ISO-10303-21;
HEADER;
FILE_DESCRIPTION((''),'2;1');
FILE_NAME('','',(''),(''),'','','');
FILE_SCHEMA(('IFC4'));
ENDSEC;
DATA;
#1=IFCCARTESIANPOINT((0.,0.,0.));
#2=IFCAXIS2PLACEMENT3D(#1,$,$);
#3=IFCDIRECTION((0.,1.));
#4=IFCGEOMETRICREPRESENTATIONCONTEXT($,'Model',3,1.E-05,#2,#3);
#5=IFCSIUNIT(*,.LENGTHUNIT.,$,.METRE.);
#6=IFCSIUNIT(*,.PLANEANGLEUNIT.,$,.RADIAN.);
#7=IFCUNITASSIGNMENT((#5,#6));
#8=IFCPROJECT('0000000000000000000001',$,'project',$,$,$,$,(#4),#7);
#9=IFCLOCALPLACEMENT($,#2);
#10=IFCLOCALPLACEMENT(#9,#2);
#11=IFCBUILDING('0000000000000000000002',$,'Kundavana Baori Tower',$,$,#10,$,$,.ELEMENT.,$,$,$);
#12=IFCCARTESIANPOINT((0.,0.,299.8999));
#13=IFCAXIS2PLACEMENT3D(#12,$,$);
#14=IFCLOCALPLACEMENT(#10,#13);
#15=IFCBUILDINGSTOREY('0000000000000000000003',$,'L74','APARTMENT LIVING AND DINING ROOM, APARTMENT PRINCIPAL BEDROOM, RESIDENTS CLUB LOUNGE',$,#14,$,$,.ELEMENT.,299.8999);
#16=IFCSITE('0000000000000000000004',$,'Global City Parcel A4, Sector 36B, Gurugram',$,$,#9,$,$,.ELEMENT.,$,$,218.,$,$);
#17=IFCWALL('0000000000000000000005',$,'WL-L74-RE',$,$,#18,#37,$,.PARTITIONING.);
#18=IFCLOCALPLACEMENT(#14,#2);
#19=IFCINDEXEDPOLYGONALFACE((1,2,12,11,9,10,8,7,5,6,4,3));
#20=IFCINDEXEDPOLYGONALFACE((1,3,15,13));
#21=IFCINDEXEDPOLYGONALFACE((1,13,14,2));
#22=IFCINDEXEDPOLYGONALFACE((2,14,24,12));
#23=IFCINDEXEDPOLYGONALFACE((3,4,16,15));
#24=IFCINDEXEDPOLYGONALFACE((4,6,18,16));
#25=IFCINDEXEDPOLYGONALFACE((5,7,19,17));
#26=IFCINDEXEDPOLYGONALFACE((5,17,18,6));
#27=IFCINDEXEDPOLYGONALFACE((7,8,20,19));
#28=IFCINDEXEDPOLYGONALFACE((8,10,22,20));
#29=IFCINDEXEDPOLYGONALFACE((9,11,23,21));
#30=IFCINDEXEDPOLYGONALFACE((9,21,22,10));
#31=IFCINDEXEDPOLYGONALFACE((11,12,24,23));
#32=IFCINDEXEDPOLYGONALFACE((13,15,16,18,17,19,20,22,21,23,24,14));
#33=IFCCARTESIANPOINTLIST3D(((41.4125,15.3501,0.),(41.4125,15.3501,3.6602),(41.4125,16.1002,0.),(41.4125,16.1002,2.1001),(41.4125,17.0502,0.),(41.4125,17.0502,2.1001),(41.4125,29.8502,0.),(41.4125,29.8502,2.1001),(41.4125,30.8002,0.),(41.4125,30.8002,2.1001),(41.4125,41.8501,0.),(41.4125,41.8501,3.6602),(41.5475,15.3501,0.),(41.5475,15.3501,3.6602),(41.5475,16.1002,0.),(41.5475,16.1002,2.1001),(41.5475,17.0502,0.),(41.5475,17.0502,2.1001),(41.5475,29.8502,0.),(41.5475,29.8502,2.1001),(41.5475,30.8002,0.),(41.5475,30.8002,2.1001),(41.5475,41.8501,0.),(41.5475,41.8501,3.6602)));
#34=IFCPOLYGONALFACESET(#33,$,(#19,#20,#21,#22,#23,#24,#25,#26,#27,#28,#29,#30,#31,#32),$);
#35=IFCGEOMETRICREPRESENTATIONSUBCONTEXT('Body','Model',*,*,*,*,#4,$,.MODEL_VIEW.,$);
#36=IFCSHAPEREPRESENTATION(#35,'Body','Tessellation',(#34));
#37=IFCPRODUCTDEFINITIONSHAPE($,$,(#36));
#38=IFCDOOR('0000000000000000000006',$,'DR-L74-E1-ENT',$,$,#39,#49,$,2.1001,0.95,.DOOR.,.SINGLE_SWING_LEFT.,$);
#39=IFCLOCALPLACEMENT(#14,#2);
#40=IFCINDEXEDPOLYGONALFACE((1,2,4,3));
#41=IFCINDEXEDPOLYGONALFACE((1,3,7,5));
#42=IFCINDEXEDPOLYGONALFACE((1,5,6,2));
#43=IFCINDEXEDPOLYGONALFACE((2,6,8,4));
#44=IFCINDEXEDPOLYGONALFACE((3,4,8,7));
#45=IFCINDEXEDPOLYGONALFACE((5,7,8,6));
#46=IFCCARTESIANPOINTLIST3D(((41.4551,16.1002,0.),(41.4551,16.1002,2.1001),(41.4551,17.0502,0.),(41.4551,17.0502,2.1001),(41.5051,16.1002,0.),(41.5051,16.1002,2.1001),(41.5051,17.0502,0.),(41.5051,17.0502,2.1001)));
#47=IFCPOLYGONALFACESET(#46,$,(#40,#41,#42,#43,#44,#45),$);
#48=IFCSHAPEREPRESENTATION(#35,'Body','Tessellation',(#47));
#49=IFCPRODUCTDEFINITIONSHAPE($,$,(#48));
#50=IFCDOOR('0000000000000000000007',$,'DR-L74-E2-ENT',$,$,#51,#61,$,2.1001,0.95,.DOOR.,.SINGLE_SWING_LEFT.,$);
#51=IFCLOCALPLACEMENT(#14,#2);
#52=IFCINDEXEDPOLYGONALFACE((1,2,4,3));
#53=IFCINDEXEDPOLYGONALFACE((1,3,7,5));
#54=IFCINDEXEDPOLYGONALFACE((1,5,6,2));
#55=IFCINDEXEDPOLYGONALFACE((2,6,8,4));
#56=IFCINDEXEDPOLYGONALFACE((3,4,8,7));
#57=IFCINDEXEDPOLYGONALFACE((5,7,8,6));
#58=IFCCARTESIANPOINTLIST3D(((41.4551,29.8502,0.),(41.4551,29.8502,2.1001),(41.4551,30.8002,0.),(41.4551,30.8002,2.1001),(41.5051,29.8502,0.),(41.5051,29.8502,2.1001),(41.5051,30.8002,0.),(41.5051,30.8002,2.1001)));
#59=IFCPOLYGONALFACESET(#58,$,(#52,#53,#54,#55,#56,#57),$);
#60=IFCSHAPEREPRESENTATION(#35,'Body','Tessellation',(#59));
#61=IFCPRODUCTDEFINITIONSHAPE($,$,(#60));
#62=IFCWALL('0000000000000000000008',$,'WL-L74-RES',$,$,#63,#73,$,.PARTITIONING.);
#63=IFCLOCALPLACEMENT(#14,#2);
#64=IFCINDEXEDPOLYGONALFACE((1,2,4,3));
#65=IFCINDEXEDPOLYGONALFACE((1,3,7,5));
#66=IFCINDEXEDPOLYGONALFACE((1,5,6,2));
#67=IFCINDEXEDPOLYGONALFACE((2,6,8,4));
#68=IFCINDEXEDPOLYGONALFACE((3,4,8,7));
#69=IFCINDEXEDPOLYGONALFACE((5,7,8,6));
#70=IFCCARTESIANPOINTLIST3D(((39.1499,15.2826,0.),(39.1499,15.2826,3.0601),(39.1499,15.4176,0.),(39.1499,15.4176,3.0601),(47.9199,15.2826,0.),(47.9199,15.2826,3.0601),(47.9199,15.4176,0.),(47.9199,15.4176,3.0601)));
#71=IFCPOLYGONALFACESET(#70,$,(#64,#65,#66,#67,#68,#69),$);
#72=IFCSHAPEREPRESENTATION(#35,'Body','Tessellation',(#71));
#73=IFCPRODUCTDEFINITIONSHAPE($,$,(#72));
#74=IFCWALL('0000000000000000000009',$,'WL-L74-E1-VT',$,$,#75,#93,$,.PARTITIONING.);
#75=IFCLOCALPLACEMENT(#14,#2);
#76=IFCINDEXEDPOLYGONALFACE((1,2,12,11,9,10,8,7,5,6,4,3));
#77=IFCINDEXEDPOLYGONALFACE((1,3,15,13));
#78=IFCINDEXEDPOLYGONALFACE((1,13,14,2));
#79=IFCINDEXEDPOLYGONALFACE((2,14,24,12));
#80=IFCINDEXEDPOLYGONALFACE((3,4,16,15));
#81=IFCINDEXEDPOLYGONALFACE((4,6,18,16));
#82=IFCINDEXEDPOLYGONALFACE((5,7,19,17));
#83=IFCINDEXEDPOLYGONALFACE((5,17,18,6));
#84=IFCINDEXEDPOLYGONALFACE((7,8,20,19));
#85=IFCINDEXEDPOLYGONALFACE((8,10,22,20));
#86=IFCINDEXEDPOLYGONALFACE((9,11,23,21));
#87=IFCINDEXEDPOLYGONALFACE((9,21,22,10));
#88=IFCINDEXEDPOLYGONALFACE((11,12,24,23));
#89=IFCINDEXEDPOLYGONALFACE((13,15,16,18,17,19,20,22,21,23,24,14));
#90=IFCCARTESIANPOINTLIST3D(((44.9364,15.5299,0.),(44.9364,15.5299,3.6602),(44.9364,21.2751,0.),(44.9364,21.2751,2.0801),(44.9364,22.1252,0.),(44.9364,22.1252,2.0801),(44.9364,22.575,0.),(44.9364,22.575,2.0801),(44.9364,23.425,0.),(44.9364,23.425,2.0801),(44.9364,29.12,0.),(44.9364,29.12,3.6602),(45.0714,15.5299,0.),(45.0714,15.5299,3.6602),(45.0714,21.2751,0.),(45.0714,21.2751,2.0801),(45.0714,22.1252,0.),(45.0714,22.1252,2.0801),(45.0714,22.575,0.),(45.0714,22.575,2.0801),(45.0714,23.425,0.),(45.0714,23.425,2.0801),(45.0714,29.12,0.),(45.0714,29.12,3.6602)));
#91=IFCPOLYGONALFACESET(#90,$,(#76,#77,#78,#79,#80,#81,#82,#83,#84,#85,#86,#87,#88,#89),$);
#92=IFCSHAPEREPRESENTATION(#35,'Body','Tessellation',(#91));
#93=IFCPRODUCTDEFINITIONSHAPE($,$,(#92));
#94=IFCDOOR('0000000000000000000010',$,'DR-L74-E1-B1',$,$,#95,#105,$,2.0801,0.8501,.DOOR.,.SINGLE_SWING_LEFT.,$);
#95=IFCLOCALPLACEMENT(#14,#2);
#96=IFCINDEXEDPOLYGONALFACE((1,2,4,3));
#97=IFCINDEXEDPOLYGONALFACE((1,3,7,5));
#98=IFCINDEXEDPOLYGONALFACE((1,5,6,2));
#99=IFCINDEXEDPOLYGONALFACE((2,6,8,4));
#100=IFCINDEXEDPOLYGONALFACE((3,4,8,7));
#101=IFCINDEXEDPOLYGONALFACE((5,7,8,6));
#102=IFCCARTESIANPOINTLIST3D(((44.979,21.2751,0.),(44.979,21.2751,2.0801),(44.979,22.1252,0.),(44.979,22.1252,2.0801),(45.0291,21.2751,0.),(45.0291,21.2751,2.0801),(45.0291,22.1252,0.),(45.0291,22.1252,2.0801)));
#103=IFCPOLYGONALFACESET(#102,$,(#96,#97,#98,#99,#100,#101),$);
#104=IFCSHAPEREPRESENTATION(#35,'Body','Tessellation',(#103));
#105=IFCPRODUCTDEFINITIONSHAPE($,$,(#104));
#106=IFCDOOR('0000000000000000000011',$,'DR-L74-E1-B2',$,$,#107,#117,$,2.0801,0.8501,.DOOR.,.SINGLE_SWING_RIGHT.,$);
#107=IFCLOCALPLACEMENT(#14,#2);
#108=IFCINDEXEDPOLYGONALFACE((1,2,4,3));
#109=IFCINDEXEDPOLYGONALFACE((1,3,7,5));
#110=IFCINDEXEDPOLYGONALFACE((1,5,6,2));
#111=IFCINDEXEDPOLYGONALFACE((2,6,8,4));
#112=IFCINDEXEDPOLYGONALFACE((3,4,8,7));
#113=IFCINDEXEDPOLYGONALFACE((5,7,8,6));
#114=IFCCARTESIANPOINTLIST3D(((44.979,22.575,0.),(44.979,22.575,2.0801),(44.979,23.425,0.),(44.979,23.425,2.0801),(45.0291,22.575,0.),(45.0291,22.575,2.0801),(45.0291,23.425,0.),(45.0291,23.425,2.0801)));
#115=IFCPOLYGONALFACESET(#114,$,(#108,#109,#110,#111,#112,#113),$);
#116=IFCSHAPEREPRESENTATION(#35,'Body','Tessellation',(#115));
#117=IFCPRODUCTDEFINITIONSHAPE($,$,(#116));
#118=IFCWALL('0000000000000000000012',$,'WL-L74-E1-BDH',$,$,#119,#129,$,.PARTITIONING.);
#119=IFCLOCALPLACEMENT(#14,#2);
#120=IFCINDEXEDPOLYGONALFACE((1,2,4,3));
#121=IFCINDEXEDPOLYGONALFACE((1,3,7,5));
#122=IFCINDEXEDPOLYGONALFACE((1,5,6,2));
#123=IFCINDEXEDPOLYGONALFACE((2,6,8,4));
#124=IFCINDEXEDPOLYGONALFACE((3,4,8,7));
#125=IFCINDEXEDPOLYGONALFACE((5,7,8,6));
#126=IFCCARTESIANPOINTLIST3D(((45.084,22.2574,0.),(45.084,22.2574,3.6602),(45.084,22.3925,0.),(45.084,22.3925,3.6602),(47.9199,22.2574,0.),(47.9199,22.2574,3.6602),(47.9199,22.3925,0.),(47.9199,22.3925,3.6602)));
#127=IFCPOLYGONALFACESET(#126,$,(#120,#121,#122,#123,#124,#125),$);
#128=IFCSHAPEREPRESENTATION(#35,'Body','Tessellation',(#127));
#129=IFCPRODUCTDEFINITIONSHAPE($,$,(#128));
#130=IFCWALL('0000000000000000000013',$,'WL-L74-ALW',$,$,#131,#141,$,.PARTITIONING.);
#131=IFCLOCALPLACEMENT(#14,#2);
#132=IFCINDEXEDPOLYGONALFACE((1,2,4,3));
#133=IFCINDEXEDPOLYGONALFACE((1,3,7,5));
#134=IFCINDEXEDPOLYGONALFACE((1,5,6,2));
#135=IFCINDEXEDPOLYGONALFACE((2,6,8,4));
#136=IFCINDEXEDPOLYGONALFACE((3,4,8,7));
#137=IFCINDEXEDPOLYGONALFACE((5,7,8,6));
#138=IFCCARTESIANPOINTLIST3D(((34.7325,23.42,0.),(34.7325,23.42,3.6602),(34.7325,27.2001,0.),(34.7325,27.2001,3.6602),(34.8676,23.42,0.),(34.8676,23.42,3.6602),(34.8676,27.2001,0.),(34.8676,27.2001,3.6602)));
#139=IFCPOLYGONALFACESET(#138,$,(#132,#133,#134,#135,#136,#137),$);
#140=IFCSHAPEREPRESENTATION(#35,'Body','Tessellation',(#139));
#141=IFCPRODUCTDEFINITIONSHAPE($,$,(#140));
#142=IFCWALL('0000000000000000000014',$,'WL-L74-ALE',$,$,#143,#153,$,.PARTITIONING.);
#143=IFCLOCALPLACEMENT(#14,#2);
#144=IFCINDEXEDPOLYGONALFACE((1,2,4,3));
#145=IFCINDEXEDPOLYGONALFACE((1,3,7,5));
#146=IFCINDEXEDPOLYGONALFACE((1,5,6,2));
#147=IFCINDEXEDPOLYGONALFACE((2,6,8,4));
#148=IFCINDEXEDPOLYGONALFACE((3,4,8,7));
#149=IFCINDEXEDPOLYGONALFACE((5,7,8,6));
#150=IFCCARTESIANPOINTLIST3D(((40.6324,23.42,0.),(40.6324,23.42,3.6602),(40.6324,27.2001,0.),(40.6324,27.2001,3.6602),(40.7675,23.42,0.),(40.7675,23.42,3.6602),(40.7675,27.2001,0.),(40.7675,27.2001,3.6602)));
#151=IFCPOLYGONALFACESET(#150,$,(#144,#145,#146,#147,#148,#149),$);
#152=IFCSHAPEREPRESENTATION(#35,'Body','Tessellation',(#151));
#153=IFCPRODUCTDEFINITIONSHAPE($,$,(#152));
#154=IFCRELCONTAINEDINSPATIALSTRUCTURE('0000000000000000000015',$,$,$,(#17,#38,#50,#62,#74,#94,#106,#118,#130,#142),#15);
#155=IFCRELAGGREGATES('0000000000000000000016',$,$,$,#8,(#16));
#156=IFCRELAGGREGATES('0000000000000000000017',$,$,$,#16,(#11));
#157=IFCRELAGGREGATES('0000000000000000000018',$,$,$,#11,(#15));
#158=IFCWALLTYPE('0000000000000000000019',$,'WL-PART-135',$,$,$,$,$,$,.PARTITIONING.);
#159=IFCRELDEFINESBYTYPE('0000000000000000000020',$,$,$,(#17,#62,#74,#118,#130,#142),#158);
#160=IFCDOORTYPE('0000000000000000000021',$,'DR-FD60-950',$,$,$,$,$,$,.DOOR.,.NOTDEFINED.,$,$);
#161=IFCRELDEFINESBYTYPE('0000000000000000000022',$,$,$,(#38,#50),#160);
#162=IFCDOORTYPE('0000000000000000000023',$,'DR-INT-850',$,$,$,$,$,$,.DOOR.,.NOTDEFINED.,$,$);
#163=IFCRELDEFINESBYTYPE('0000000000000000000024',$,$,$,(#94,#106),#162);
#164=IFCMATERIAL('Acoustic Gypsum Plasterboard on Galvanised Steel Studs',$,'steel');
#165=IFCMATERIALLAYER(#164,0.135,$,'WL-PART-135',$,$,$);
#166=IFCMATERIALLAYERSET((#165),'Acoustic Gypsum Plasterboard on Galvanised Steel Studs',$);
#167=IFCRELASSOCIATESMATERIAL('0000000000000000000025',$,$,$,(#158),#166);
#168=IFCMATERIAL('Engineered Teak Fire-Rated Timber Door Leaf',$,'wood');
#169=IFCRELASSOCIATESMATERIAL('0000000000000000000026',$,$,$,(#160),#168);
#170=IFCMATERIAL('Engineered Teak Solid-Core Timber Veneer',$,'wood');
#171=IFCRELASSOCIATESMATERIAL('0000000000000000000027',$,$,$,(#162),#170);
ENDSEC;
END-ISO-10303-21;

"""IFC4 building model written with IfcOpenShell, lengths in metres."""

from ifc_helpers import new_model, si_unit, direction, frame, frame_2d, origin, place, context, subcontext, project, spatial, rectangle, extrude, material, layer, layer_set, type_object, element, fill, save


model = new_model("IFC4")

# Units and contexts
model_context = context("Model", 3, precision=1e-05, world=origin(), true_north=direction((0.0, 1.0)))
body_context = subcontext(model_context, "Body", "Model", "MODEL_VIEW")
ifc_project = project(units=[si_unit("LENGTHUNIT", "METRE"), si_unit("PLANEANGLEUNIT", "RADIAN")], contexts=[model_context])

# Site, building, storey
site_placement = place(None, origin())
site = spatial("IfcSite", under=ifc_project, at=site_placement, Name="Global City Parcel A4, Sector 36B, Gurugram", CompositionType="ELEMENT", RefElevation=218.0)
building_placement = place(site_placement, origin())
building = spatial("IfcBuilding", under=site, at=building_placement, Name="Kundavana Baori Tower", CompositionType="ELEMENT")
storey_placement = place(building_placement, frame((0.0, 0.0, 299.8999)))
storey = spatial("IfcBuildingStorey", under=building, at=storey_placement, Name="L74", Description="APARTMENT LIVING AND DINING ROOM, APARTMENT PRINCIPAL BEDROOM, RESIDENTS CLUB LOUNGE", CompositionType="ELEMENT", Elevation=299.8999)

# Wall, openings, doors
ifc_material_1 = material(Name="Acoustic Gypsum Plasterboard on Galvanised Steel Studs", Category="steel")
ifc_layer_1 = layer(ifc_material_1, 0.135, Name="WL-PART-135")
ifc_layer_set_1 = layer_set([ifc_layer_1], Name="Acoustic Gypsum Plasterboard on Galvanised Steel Studs")
wall_type_1 = type_object("IfcWallType", Name="WL-PART-135", PredefinedType="PARTITIONING", material=ifc_layer_set_1)
wall_1_placement = place(storey_placement, frame((41.48, 15.3501, 0.0), z_axis=(0.0, 0.0, 1.0), x_axis=(0.0, 1.0, 0.0)))
wall_1 = element("IfcWall", 1, at=wall_1_placement, inside=storey, type_object=wall_type_1, Name="WL-L74-RE", PredefinedType="PARTITIONING", context=body_context, shape_type="SweptSolid", body=[
    extrude(rectangle(XDim=26.5, YDim=0.135, at=frame_2d((13.25, 0.0))), origin(), (0.0, 0.0, 1.0), 3.6602),
])
opening_1_placement = place(wall_1_placement, frame((0.75, 0.0, 0.0)))
opening_1 = element("IfcOpeningElement", 2, at=opening_1_placement, cuts=wall_1, PredefinedType="OPENING", context=body_context, shape_type="SweptSolid", body=[
    extrude(rectangle(XDim=0.95, YDim=2.1001, at=frame_2d((0.4751, 1.05))), frame((0.0, 0.0776, 0.0), z_axis=(0.0, -1.0, 0.0), x_axis=(1.0, 0.0, 0.0)), (0.0, 0.0, 1.0), 0.155),
])
opening_2_placement = place(wall_1_placement, frame((14.5, 0.0, 0.0)))
opening_2 = element("IfcOpeningElement", 3, at=opening_2_placement, cuts=wall_1, PredefinedType="OPENING", context=body_context, shape_type="SweptSolid", body=[
    extrude(rectangle(XDim=0.95, YDim=2.1001, at=frame_2d((0.4751, 1.05))), frame((0.0, 0.0776, 0.0), z_axis=(0.0, -1.0, 0.0), x_axis=(1.0, 0.0, 0.0)), (0.0, 0.0, 1.0), 0.155),
])
ifc_material_2 = material(Name="Engineered Teak Fire-Rated Timber Door Leaf", Category="wood")
door_type_1 = type_object("IfcDoorType", Name="DR-FD60-950", OperationType="NOTDEFINED", PredefinedType="DOOR", material=ifc_material_2)
door_1_placement = place(opening_1_placement, origin())
door_1 = element("IfcDoor", 4, at=door_1_placement, inside=storey, type_object=door_type_1, Name="DR-L74-E1-ENT", OperationType="SINGLE_SWING_LEFT", OverallHeight=2.1001, OverallWidth=0.95, PredefinedType="DOOR", context=body_context, shape_type="SweptSolid", body=[
    extrude(rectangle(XDim=0.95, YDim=2.1001, at=frame_2d((0.4751, 1.05))), frame((0.0, 0.0249, 0.0), z_axis=(0.0, -1.0, 0.0), x_axis=(1.0, 0.0, 0.0)), (0.0, 0.0, 1.0), 0.05),
])
fill(opening_1, door_1)
door_2_placement = place(opening_2_placement, origin())
door_2 = element("IfcDoor", 5, at=door_2_placement, inside=storey, type_object=door_type_1, Name="DR-L74-E2-ENT", OperationType="SINGLE_SWING_LEFT", OverallHeight=2.1001, OverallWidth=0.95, PredefinedType="DOOR", context=body_context, shape_type="SweptSolid", body=[
    extrude(rectangle(XDim=0.95, YDim=2.1001, at=frame_2d((0.4751, 1.05))), frame((0.0, 0.0249, 0.0), z_axis=(0.0, -1.0, 0.0), x_axis=(1.0, 0.0, 0.0)), (0.0, 0.0, 1.0), 0.05),
])
fill(opening_2, door_2)

# Wall
wall_2_placement = place(storey_placement, frame((39.1499, 15.3501, 0.0), z_axis=(0.0, 0.0, 1.0), x_axis=(1.0, 0.0, 0.0)))
element("IfcWall", 6, at=wall_2_placement, inside=storey, type_object=wall_type_1, Name="WL-L74-RES", PredefinedType="PARTITIONING", context=body_context, shape_type="SweptSolid", body=[
    extrude(rectangle(XDim=8.77, YDim=0.135, at=frame_2d((4.385, 0.0))), origin(), (0.0, 0.0, 1.0), 3.0601),
])

# Wall, openings, doors
wall_3_placement = place(storey_placement, frame((45.0039, 15.53, 0.0), z_axis=(0.0, 0.0, 1.0), x_axis=(0.0, 1.0, 0.0)))
wall_3 = element("IfcWall", 7, at=wall_3_placement, inside=storey, type_object=wall_type_1, Name="WL-L74-E1-VT", PredefinedType="PARTITIONING", context=body_context, shape_type="SweptSolid", body=[
    extrude(rectangle(XDim=13.5901, YDim=0.135, at=frame_2d((6.7949, 0.0))), origin(), (0.0, 0.0, 1.0), 3.6602),
])
opening_3_placement = place(wall_3_placement, frame((5.7451, 0.0, 0.0)))
opening_3 = element("IfcOpeningElement", 8, at=opening_3_placement, cuts=wall_3, PredefinedType="OPENING", context=body_context, shape_type="SweptSolid", body=[
    extrude(rectangle(XDim=0.8501, YDim=2.0801, at=frame_2d((0.425, 1.04))), frame((0.0, 0.0776, 0.0), z_axis=(0.0, -1.0, 0.0), x_axis=(1.0, 0.0, 0.0)), (0.0, 0.0, 1.0), 0.155),
])
opening_4_placement = place(wall_3_placement, frame((7.0449, 0.0, 0.0)))
opening_4 = element("IfcOpeningElement", 9, at=opening_4_placement, cuts=wall_3, PredefinedType="OPENING", context=body_context, shape_type="SweptSolid", body=[
    extrude(rectangle(XDim=0.8501, YDim=2.0801, at=frame_2d((0.425, 1.04))), frame((0.0, 0.0776, 0.0), z_axis=(0.0, -1.0, 0.0), x_axis=(1.0, 0.0, 0.0)), (0.0, 0.0, 1.0), 0.155),
])
ifc_material_3 = material(Name="Engineered Teak Solid-Core Timber Veneer", Category="wood")
door_type_2 = type_object("IfcDoorType", Name="DR-INT-850", OperationType="NOTDEFINED", PredefinedType="DOOR", material=ifc_material_3)
door_3_placement = place(opening_3_placement, origin())
door_3 = element("IfcDoor", 10, at=door_3_placement, inside=storey, type_object=door_type_2, Name="DR-L74-E1-B1", OperationType="SINGLE_SWING_LEFT", OverallHeight=2.0801, OverallWidth=0.8501, PredefinedType="DOOR", context=body_context, shape_type="SweptSolid", body=[
    extrude(rectangle(XDim=0.8501, YDim=2.0801, at=frame_2d((0.425, 1.04))), frame((0.0, 0.0249, 0.0), z_axis=(0.0, -1.0, 0.0), x_axis=(1.0, 0.0, 0.0)), (0.0, 0.0, 1.0), 0.05),
])
fill(opening_3, door_3)
door_4_placement = place(opening_4_placement, origin())
door_4 = element("IfcDoor", 11, at=door_4_placement, inside=storey, type_object=door_type_2, Name="DR-L74-E1-B2", OperationType="SINGLE_SWING_RIGHT", OverallHeight=2.0801, OverallWidth=0.8501, PredefinedType="DOOR", context=body_context, shape_type="SweptSolid", body=[
    extrude(rectangle(XDim=0.8501, YDim=2.0801, at=frame_2d((0.425, 1.04))), frame((0.0, 0.0249, 0.0), z_axis=(0.0, -1.0, 0.0), x_axis=(1.0, 0.0, 0.0)), (0.0, 0.0, 1.0), 0.05),
])
fill(opening_4, door_4)

# Walls
wall_4_placement = place(storey_placement, frame((45.084, 22.325, 0.0), z_axis=(0.0, 0.0, 1.0), x_axis=(1.0, 0.0, 0.0)))
element("IfcWall", 12, at=wall_4_placement, inside=storey, type_object=wall_type_1, Name="WL-L74-E1-BDH", PredefinedType="PARTITIONING", context=body_context, shape_type="SweptSolid", body=[
    extrude(rectangle(XDim=2.8359, YDim=0.135, at=frame_2d((1.418, 0.0))), origin(), (0.0, 0.0, 1.0), 3.6602),
])
for number, where, z_axis, x_axis, name in (
    (13, (34.8, 23.4199, 0.0), (0.0, 0.0, 1.0), (0.0, 1.0, 0.0), "WL-L74-ALW"),
    (14, (40.7, 23.4199, 0.0), (0.0, 0.0, 1.0), (0.0, 1.0, 0.0), "WL-L74-ALE"),
):
    element("IfcWall", number, at=place(storey_placement, frame(where, z_axis=z_axis, x_axis=x_axis)), inside=storey, type_object=wall_type_1, Name=name, PredefinedType="PARTITIONING", context=body_context, shape_type="SweptSolid", body=[
        extrude(rectangle(XDim=3.78, YDim=0.135, at=frame_2d((1.8901, 0.0))), origin(), (0.0, 0.0, 1.0), 3.6602),
    ])

save(model, "model.ifc")
